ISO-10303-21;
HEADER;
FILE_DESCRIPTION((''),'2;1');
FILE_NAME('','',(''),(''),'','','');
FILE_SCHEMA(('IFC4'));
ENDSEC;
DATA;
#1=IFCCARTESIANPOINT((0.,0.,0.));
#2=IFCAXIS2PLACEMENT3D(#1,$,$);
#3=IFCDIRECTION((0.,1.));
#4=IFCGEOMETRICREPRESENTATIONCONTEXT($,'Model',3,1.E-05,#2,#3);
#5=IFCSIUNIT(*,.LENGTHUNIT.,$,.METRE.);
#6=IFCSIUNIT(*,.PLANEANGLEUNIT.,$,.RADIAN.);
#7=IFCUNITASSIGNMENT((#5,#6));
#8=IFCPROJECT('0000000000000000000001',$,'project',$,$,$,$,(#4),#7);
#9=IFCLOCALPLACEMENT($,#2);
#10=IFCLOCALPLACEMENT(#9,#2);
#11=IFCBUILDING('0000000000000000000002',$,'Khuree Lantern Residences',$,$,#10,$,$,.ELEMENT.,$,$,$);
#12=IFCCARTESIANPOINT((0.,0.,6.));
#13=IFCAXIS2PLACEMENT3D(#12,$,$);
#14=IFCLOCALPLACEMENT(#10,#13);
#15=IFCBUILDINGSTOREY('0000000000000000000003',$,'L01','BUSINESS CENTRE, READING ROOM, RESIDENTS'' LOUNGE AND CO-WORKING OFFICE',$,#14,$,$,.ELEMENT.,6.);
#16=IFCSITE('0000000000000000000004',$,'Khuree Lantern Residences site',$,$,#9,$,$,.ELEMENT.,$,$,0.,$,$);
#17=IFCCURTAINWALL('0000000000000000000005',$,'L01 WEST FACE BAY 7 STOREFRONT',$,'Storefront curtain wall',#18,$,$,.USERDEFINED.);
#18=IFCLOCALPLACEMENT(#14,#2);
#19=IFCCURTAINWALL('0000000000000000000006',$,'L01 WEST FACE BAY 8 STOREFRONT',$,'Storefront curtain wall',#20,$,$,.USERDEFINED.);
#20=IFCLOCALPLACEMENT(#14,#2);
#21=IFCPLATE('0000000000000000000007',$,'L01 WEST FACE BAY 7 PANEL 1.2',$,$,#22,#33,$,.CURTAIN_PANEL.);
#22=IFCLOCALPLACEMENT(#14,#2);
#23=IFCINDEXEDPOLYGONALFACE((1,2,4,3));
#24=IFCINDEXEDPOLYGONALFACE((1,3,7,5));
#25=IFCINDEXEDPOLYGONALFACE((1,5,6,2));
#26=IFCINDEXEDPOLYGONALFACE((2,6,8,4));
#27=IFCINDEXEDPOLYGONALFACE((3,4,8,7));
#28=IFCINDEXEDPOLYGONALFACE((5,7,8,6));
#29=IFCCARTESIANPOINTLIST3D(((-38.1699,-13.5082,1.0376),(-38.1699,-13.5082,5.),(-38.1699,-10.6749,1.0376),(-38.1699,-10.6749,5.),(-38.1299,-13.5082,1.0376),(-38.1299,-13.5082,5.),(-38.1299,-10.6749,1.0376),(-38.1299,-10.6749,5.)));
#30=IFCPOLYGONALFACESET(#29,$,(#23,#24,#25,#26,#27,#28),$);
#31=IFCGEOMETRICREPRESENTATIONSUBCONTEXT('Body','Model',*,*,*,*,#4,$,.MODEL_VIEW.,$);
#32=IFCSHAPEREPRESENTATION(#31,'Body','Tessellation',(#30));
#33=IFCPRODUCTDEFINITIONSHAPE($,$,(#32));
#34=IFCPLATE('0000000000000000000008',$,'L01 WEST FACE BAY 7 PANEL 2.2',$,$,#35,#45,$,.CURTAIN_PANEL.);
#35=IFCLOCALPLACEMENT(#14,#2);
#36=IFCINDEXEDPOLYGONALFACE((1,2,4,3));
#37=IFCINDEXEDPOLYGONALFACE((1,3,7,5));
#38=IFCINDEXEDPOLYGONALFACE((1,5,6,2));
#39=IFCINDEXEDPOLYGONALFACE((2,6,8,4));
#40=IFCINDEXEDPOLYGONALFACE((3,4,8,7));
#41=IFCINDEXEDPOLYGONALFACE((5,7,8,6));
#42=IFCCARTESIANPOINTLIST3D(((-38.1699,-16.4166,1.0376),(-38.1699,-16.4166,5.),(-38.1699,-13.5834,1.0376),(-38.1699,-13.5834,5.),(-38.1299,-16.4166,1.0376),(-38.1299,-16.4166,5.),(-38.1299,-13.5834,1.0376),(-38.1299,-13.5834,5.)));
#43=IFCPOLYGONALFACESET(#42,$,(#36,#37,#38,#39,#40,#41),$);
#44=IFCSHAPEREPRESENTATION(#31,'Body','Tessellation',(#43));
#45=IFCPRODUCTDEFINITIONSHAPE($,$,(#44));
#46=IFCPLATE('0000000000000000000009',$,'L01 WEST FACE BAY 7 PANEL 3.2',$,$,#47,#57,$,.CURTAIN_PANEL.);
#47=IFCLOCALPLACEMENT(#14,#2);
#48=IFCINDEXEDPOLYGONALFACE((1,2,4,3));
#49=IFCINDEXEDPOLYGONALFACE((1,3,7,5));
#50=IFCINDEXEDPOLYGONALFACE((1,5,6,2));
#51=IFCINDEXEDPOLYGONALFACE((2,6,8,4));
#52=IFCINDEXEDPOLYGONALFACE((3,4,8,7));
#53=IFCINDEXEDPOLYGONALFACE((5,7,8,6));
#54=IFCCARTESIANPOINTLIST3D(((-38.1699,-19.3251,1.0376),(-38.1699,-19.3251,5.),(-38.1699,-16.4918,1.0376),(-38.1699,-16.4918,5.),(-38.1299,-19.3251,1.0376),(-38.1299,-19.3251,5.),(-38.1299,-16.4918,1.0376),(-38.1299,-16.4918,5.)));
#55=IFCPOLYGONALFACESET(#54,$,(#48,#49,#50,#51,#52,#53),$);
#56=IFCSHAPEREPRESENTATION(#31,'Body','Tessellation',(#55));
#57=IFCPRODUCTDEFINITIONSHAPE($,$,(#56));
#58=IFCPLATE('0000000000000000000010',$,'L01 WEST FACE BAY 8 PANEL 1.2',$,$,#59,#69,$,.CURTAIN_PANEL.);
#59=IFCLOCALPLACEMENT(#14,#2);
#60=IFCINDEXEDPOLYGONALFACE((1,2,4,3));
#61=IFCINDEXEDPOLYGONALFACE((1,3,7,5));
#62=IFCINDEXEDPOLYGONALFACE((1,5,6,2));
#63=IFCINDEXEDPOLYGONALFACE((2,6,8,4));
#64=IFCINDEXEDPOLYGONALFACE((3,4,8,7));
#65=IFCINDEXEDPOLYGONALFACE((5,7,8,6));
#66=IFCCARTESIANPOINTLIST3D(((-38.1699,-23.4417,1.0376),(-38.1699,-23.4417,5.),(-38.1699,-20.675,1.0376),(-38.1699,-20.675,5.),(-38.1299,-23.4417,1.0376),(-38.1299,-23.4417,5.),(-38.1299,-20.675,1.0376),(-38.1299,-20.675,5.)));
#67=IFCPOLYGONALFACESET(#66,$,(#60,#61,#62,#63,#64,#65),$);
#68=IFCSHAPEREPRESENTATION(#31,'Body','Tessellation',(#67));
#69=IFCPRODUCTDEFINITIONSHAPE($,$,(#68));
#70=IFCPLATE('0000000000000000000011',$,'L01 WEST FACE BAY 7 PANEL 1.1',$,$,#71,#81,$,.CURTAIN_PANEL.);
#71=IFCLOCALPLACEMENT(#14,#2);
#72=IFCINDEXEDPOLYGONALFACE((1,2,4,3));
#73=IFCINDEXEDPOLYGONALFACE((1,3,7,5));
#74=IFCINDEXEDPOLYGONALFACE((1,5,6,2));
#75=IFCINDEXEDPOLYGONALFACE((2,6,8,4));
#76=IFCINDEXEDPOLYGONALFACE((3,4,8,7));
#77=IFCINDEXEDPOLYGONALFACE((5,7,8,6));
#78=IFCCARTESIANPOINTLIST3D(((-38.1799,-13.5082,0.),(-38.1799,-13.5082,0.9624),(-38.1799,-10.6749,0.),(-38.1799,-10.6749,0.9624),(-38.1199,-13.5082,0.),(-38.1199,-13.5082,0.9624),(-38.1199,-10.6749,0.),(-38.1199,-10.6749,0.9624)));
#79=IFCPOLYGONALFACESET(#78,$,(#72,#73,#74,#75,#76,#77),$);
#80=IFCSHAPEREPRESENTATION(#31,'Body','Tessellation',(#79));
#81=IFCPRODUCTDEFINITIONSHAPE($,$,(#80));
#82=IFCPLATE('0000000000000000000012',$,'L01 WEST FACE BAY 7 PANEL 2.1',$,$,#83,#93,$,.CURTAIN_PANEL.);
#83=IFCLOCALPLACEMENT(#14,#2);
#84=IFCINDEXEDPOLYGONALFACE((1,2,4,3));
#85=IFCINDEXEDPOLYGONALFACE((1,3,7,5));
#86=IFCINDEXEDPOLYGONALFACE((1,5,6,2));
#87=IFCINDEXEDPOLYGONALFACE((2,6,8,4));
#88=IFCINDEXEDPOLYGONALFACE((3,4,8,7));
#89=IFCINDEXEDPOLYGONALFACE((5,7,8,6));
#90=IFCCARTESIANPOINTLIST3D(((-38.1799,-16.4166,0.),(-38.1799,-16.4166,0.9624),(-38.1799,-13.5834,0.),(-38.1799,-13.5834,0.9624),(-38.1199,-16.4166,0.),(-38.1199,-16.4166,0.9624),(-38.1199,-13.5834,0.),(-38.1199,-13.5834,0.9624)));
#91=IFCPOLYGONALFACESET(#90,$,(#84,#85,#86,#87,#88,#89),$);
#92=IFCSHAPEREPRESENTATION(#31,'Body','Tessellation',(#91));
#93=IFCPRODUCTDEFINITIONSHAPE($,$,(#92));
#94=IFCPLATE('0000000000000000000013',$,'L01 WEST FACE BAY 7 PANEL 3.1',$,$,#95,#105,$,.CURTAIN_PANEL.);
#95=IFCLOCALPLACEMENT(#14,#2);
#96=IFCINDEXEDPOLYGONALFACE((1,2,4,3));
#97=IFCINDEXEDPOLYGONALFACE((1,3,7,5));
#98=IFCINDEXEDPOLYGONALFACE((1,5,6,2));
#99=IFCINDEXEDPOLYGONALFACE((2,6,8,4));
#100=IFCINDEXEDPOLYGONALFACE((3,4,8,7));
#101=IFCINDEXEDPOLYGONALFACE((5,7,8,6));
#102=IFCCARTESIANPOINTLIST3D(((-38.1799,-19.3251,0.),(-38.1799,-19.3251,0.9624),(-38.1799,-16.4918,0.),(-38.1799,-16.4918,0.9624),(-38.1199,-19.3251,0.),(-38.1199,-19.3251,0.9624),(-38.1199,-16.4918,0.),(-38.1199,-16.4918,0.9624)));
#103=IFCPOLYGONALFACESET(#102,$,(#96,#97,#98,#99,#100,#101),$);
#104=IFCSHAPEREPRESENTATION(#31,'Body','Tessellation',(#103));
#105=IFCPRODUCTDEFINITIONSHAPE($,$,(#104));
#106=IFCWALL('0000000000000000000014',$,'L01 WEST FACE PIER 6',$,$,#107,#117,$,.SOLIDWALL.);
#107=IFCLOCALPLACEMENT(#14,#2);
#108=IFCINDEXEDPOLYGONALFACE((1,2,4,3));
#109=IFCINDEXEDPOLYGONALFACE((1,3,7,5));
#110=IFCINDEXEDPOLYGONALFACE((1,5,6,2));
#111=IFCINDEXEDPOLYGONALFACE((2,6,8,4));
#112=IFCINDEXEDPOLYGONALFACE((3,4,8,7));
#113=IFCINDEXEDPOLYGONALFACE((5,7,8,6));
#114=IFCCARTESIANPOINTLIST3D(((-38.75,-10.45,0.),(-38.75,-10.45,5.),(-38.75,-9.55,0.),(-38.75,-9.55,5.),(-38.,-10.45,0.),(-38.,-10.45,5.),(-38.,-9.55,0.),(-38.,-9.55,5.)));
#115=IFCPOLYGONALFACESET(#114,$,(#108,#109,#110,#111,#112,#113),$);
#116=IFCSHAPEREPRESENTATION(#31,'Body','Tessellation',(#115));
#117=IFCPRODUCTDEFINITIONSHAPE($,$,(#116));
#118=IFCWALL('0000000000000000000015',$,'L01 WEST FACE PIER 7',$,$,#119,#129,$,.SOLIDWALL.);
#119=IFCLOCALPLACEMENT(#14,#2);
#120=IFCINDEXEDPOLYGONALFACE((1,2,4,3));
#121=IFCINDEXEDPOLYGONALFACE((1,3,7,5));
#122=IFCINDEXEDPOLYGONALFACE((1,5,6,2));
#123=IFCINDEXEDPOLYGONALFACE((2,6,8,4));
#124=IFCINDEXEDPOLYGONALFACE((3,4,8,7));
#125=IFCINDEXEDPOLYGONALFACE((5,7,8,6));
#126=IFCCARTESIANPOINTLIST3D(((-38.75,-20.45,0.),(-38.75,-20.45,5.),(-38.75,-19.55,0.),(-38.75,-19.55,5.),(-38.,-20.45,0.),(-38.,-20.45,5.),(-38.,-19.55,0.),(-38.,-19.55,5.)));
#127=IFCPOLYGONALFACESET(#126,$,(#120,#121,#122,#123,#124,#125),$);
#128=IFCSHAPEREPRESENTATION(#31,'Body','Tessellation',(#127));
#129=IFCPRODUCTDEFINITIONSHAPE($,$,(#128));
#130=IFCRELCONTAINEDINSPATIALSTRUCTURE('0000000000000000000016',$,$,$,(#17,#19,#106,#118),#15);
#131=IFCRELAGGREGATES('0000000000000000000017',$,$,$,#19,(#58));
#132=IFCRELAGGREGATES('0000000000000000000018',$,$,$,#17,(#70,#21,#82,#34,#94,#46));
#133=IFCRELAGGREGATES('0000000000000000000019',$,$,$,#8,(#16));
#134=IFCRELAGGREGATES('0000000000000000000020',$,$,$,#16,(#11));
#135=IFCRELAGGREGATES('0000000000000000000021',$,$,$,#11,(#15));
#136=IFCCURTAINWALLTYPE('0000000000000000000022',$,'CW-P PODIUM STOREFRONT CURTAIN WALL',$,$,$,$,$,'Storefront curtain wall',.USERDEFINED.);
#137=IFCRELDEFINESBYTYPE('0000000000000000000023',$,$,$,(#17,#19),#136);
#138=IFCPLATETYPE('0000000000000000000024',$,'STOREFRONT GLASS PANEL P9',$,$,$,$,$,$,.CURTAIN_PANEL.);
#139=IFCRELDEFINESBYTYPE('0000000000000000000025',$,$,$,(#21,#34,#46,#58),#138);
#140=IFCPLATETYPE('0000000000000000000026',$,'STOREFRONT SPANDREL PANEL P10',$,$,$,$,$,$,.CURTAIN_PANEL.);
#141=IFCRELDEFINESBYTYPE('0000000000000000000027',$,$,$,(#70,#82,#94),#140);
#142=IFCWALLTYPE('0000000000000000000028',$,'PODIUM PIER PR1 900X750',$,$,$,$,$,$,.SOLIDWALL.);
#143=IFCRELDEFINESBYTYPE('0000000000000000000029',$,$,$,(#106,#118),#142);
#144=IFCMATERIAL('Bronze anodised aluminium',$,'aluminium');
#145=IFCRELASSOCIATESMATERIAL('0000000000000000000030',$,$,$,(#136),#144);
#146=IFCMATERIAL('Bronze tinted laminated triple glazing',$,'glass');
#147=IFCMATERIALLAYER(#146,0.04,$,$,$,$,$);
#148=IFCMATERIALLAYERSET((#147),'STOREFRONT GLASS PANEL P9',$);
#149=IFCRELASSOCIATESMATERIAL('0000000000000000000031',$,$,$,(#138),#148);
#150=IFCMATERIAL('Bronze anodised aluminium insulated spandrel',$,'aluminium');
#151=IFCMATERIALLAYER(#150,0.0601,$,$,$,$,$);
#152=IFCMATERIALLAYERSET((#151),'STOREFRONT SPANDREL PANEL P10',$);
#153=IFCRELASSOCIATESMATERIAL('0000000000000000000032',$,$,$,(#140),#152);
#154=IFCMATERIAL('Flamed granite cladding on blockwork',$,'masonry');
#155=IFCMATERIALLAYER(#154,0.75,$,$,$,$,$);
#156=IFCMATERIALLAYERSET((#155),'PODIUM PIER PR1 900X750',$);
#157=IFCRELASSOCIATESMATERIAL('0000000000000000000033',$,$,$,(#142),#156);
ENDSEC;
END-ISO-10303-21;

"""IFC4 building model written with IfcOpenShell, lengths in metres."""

from ifc_helpers import new_model, si_unit, direction, frame, frame_2d, origin, origin_2d, place, context, subcontext, project, spatial, rectangle, extrude, material, layer, layer_set, type_object, element, aggregate, save


model = new_model("IFC4")

# Units and contexts
model_context = context("Model", 3, precision=1e-05, world=origin(), true_north=direction((0.0, 1.0)))
body_context = subcontext(model_context, "Body", "Model", "MODEL_VIEW")
ifc_project = project(units=[si_unit("LENGTHUNIT", "METRE"), si_unit("PLANEANGLEUNIT", "RADIAN")], contexts=[model_context])

# Site, building, storey
site_placement = place(None, origin())
site = spatial("IfcSite", under=ifc_project, at=site_placement, Name="Khuree Lantern Residences site", CompositionType="ELEMENT", RefElevation=0.0)
building_placement = place(site_placement, origin())
building = spatial("IfcBuilding", under=site, at=building_placement, Name="Khuree Lantern Residences", CompositionType="ELEMENT")
storey_placement = place(building_placement, frame((0.0, 0.0, 6.0)))
storey = spatial("IfcBuildingStorey", under=building, at=storey_placement, Name="L01", Description="BUSINESS CENTRE, READING ROOM, RESIDENTS' LOUNGE AND CO-WORKING OFFICE", CompositionType="ELEMENT", Elevation=6.0)

# Curtain wall
ifc_material_1 = material(Name="Bronze anodised aluminium", Category="aluminium")
curtain_wall_type = type_object("IfcCurtainWallType", Name="CW-P PODIUM STOREFRONT CURTAIN WALL", ElementType="Storefront curtain wall", PredefinedType="USERDEFINED", material=ifc_material_1)
curtain_wall_1_placement = place(storey_placement, origin())
curtain_wall_1 = element("IfcCurtainWall", 1, at=curtain_wall_1_placement, inside=storey, type_object=curtain_wall_type, Name="L01 WEST FACE BAY 7 STOREFRONT", ObjectType="Storefront curtain wall", PredefinedType="USERDEFINED")

# Curtain wall
curtain_wall_2_placement = place(storey_placement, origin())
curtain_wall_2 = element("IfcCurtainWall", 2, at=curtain_wall_2_placement, inside=storey, type_object=curtain_wall_type, Name="L01 WEST FACE BAY 8 STOREFRONT", ObjectType="Storefront curtain wall", PredefinedType="USERDEFINED")

# Plates
ifc_material_2 = material(Name="Bronze tinted laminated triple glazing", Category="glass")
ifc_layer_1 = layer(ifc_material_2, 0.04)
ifc_layer_set_1 = layer_set([ifc_layer_1], Name="STOREFRONT GLASS PANEL P9")
plate_type_1 = type_object("IfcPlateType", Name="STOREFRONT GLASS PANEL P9", PredefinedType="CURTAIN_PANEL", material=ifc_layer_set_1)
plate_1_placement = place(storey_placement, frame((-38.1499, -12.0916, 1.0376), z_axis=(0.0, 0.0, 1.0), x_axis=(0.0, -1.0, 0.0)))
plate_1 = element("IfcPlate", 3, at=plate_1_placement, type_object=plate_type_1, Name="L01 WEST FACE BAY 7 PANEL 1.2", PredefinedType="CURTAIN_PANEL", context=body_context, shape_type="SweptSolid", body=[
    extrude(rectangle(XDim=2.8333, YDim=0.04, at=origin_2d()), origin(), (0.0, 0.0, 1.0), 3.9624),
])
plate_2_placement = place(storey_placement, frame((-38.1499, -15.0, 1.0376), z_axis=(0.0, 0.0, 1.0), x_axis=(0.0, -1.0, 0.0)))
plate_2 = element("IfcPlate", 4, at=plate_2_placement, type_object=plate_type_1, Name="L01 WEST FACE BAY 7 PANEL 2.2", PredefinedType="CURTAIN_PANEL", context=body_context, shape_type="SweptSolid", body=[
    extrude(rectangle(XDim=2.8333, YDim=0.04, at=origin_2d()), origin(), (0.0, 0.0, 1.0), 3.9624),
])
plate_3_placement = place(storey_placement, frame((-38.1499, -17.9084, 1.0376), z_axis=(0.0, 0.0, 1.0), x_axis=(0.0, -1.0, 0.0)))
plate_3 = element("IfcPlate", 5, at=plate_3_placement, type_object=plate_type_1, Name="L01 WEST FACE BAY 7 PANEL 3.2", PredefinedType="CURTAIN_PANEL", context=body_context, shape_type="SweptSolid", body=[
    extrude(rectangle(XDim=2.8333, YDim=0.04, at=origin_2d()), origin(), (0.0, 0.0, 1.0), 3.9624),
])
plate_4_placement = place(storey_placement, frame((-38.1499, -22.0583, 1.0376), z_axis=(0.0, 0.0, 1.0), x_axis=(0.0, -1.0, 0.0)))
plate_4 = element("IfcPlate", 6, at=plate_4_placement, type_object=plate_type_1, Name="L01 WEST FACE BAY 8 PANEL 1.2", PredefinedType="CURTAIN_PANEL", context=body_context, shape_type="SweptSolid", body=[
    extrude(rectangle(XDim=2.7666, YDim=0.04, at=origin_2d()), origin(), (0.0, 0.0, 1.0), 3.9624),
])
aggregate(curtain_wall_2, [plate_4])
ifc_material_3 = material(Name="Bronze anodised aluminium insulated spandrel", Category="aluminium")
ifc_layer_2 = layer(ifc_material_3, 0.0601)
ifc_layer_set_2 = layer_set([ifc_layer_2], Name="STOREFRONT SPANDREL PANEL P10")
plate_type_2 = type_object("IfcPlateType", Name="STOREFRONT SPANDREL PANEL P10", PredefinedType="CURTAIN_PANEL", material=ifc_layer_set_2)
plate_5_placement = place(storey_placement, frame((-38.1499, -12.0916, 0.0), z_axis=(0.0, 0.0, 1.0), x_axis=(0.0, -1.0, 0.0)))
plate_5 = element("IfcPlate", 7, at=plate_5_placement, type_object=plate_type_2, Name="L01 WEST FACE BAY 7 PANEL 1.1", PredefinedType="CURTAIN_PANEL", context=body_context, shape_type="SweptSolid", body=[
    extrude(rectangle(XDim=2.8333, YDim=0.0601, at=origin_2d()), origin(), (0.0, 0.0, 1.0), 0.9624),
])
plate_6_placement = place(storey_placement, frame((-38.1499, -15.0, 0.0), z_axis=(0.0, 0.0, 1.0), x_axis=(0.0, -1.0, 0.0)))
plate_6 = element("IfcPlate", 8, at=plate_6_placement, type_object=plate_type_2, Name="L01 WEST FACE BAY 7 PANEL 2.1", PredefinedType="CURTAIN_PANEL", context=body_context, shape_type="SweptSolid", body=[
    extrude(rectangle(XDim=2.8333, YDim=0.0601, at=origin_2d()), origin(), (0.0, 0.0, 1.0), 0.9624),
])
plate_7_placement = place(storey_placement, frame((-38.1499, -17.9084, 0.0), z_axis=(0.0, 0.0, 1.0), x_axis=(0.0, -1.0, 0.0)))
plate_7 = element("IfcPlate", 9, at=plate_7_placement, type_object=plate_type_2, Name="L01 WEST FACE BAY 7 PANEL 3.1", PredefinedType="CURTAIN_PANEL", context=body_context, shape_type="SweptSolid", body=[
    extrude(rectangle(XDim=2.8333, YDim=0.0601, at=origin_2d()), origin(), (0.0, 0.0, 1.0), 0.9624),
])
aggregate(curtain_wall_1, [plate_5, plate_1, plate_6, plate_2, plate_7, plate_3])

# Walls
ifc_material_4 = material(Name="Flamed granite cladding on blockwork", Category="masonry")
ifc_layer_3 = layer(ifc_material_4, 0.75)
ifc_layer_set_3 = layer_set([ifc_layer_3], Name="PODIUM PIER PR1 900X750")
wall_type = type_object("IfcWallType", Name="PODIUM PIER PR1 900X750", PredefinedType="SOLIDWALL", material=ifc_layer_set_3)
for number, where, z_axis, x_axis, name in (
    (10, (-38.375, -9.55, 0.0), (0.0, 0.0, 1.0), (0.0, -1.0, 0.0), "L01 WEST FACE PIER 6"),
    (11, (-38.375, -19.55, 0.0), (0.0, 0.0, 1.0), (0.0, -1.0, 0.0), "L01 WEST FACE PIER 7"),
):
    element("IfcWall", number, at=place(storey_placement, frame(where, z_axis=z_axis, x_axis=x_axis)), inside=storey, type_object=wall_type, Name=name, PredefinedType="SOLIDWALL", context=body_context, shape_type="SweptSolid", body=[
        extrude(rectangle(XDim=0.8999, YDim=0.75, at=frame_2d((0.45, 0.0))), origin(), (0.0, 0.0, 1.0), 5.0),
    ])

save(model, "model.ifc")
